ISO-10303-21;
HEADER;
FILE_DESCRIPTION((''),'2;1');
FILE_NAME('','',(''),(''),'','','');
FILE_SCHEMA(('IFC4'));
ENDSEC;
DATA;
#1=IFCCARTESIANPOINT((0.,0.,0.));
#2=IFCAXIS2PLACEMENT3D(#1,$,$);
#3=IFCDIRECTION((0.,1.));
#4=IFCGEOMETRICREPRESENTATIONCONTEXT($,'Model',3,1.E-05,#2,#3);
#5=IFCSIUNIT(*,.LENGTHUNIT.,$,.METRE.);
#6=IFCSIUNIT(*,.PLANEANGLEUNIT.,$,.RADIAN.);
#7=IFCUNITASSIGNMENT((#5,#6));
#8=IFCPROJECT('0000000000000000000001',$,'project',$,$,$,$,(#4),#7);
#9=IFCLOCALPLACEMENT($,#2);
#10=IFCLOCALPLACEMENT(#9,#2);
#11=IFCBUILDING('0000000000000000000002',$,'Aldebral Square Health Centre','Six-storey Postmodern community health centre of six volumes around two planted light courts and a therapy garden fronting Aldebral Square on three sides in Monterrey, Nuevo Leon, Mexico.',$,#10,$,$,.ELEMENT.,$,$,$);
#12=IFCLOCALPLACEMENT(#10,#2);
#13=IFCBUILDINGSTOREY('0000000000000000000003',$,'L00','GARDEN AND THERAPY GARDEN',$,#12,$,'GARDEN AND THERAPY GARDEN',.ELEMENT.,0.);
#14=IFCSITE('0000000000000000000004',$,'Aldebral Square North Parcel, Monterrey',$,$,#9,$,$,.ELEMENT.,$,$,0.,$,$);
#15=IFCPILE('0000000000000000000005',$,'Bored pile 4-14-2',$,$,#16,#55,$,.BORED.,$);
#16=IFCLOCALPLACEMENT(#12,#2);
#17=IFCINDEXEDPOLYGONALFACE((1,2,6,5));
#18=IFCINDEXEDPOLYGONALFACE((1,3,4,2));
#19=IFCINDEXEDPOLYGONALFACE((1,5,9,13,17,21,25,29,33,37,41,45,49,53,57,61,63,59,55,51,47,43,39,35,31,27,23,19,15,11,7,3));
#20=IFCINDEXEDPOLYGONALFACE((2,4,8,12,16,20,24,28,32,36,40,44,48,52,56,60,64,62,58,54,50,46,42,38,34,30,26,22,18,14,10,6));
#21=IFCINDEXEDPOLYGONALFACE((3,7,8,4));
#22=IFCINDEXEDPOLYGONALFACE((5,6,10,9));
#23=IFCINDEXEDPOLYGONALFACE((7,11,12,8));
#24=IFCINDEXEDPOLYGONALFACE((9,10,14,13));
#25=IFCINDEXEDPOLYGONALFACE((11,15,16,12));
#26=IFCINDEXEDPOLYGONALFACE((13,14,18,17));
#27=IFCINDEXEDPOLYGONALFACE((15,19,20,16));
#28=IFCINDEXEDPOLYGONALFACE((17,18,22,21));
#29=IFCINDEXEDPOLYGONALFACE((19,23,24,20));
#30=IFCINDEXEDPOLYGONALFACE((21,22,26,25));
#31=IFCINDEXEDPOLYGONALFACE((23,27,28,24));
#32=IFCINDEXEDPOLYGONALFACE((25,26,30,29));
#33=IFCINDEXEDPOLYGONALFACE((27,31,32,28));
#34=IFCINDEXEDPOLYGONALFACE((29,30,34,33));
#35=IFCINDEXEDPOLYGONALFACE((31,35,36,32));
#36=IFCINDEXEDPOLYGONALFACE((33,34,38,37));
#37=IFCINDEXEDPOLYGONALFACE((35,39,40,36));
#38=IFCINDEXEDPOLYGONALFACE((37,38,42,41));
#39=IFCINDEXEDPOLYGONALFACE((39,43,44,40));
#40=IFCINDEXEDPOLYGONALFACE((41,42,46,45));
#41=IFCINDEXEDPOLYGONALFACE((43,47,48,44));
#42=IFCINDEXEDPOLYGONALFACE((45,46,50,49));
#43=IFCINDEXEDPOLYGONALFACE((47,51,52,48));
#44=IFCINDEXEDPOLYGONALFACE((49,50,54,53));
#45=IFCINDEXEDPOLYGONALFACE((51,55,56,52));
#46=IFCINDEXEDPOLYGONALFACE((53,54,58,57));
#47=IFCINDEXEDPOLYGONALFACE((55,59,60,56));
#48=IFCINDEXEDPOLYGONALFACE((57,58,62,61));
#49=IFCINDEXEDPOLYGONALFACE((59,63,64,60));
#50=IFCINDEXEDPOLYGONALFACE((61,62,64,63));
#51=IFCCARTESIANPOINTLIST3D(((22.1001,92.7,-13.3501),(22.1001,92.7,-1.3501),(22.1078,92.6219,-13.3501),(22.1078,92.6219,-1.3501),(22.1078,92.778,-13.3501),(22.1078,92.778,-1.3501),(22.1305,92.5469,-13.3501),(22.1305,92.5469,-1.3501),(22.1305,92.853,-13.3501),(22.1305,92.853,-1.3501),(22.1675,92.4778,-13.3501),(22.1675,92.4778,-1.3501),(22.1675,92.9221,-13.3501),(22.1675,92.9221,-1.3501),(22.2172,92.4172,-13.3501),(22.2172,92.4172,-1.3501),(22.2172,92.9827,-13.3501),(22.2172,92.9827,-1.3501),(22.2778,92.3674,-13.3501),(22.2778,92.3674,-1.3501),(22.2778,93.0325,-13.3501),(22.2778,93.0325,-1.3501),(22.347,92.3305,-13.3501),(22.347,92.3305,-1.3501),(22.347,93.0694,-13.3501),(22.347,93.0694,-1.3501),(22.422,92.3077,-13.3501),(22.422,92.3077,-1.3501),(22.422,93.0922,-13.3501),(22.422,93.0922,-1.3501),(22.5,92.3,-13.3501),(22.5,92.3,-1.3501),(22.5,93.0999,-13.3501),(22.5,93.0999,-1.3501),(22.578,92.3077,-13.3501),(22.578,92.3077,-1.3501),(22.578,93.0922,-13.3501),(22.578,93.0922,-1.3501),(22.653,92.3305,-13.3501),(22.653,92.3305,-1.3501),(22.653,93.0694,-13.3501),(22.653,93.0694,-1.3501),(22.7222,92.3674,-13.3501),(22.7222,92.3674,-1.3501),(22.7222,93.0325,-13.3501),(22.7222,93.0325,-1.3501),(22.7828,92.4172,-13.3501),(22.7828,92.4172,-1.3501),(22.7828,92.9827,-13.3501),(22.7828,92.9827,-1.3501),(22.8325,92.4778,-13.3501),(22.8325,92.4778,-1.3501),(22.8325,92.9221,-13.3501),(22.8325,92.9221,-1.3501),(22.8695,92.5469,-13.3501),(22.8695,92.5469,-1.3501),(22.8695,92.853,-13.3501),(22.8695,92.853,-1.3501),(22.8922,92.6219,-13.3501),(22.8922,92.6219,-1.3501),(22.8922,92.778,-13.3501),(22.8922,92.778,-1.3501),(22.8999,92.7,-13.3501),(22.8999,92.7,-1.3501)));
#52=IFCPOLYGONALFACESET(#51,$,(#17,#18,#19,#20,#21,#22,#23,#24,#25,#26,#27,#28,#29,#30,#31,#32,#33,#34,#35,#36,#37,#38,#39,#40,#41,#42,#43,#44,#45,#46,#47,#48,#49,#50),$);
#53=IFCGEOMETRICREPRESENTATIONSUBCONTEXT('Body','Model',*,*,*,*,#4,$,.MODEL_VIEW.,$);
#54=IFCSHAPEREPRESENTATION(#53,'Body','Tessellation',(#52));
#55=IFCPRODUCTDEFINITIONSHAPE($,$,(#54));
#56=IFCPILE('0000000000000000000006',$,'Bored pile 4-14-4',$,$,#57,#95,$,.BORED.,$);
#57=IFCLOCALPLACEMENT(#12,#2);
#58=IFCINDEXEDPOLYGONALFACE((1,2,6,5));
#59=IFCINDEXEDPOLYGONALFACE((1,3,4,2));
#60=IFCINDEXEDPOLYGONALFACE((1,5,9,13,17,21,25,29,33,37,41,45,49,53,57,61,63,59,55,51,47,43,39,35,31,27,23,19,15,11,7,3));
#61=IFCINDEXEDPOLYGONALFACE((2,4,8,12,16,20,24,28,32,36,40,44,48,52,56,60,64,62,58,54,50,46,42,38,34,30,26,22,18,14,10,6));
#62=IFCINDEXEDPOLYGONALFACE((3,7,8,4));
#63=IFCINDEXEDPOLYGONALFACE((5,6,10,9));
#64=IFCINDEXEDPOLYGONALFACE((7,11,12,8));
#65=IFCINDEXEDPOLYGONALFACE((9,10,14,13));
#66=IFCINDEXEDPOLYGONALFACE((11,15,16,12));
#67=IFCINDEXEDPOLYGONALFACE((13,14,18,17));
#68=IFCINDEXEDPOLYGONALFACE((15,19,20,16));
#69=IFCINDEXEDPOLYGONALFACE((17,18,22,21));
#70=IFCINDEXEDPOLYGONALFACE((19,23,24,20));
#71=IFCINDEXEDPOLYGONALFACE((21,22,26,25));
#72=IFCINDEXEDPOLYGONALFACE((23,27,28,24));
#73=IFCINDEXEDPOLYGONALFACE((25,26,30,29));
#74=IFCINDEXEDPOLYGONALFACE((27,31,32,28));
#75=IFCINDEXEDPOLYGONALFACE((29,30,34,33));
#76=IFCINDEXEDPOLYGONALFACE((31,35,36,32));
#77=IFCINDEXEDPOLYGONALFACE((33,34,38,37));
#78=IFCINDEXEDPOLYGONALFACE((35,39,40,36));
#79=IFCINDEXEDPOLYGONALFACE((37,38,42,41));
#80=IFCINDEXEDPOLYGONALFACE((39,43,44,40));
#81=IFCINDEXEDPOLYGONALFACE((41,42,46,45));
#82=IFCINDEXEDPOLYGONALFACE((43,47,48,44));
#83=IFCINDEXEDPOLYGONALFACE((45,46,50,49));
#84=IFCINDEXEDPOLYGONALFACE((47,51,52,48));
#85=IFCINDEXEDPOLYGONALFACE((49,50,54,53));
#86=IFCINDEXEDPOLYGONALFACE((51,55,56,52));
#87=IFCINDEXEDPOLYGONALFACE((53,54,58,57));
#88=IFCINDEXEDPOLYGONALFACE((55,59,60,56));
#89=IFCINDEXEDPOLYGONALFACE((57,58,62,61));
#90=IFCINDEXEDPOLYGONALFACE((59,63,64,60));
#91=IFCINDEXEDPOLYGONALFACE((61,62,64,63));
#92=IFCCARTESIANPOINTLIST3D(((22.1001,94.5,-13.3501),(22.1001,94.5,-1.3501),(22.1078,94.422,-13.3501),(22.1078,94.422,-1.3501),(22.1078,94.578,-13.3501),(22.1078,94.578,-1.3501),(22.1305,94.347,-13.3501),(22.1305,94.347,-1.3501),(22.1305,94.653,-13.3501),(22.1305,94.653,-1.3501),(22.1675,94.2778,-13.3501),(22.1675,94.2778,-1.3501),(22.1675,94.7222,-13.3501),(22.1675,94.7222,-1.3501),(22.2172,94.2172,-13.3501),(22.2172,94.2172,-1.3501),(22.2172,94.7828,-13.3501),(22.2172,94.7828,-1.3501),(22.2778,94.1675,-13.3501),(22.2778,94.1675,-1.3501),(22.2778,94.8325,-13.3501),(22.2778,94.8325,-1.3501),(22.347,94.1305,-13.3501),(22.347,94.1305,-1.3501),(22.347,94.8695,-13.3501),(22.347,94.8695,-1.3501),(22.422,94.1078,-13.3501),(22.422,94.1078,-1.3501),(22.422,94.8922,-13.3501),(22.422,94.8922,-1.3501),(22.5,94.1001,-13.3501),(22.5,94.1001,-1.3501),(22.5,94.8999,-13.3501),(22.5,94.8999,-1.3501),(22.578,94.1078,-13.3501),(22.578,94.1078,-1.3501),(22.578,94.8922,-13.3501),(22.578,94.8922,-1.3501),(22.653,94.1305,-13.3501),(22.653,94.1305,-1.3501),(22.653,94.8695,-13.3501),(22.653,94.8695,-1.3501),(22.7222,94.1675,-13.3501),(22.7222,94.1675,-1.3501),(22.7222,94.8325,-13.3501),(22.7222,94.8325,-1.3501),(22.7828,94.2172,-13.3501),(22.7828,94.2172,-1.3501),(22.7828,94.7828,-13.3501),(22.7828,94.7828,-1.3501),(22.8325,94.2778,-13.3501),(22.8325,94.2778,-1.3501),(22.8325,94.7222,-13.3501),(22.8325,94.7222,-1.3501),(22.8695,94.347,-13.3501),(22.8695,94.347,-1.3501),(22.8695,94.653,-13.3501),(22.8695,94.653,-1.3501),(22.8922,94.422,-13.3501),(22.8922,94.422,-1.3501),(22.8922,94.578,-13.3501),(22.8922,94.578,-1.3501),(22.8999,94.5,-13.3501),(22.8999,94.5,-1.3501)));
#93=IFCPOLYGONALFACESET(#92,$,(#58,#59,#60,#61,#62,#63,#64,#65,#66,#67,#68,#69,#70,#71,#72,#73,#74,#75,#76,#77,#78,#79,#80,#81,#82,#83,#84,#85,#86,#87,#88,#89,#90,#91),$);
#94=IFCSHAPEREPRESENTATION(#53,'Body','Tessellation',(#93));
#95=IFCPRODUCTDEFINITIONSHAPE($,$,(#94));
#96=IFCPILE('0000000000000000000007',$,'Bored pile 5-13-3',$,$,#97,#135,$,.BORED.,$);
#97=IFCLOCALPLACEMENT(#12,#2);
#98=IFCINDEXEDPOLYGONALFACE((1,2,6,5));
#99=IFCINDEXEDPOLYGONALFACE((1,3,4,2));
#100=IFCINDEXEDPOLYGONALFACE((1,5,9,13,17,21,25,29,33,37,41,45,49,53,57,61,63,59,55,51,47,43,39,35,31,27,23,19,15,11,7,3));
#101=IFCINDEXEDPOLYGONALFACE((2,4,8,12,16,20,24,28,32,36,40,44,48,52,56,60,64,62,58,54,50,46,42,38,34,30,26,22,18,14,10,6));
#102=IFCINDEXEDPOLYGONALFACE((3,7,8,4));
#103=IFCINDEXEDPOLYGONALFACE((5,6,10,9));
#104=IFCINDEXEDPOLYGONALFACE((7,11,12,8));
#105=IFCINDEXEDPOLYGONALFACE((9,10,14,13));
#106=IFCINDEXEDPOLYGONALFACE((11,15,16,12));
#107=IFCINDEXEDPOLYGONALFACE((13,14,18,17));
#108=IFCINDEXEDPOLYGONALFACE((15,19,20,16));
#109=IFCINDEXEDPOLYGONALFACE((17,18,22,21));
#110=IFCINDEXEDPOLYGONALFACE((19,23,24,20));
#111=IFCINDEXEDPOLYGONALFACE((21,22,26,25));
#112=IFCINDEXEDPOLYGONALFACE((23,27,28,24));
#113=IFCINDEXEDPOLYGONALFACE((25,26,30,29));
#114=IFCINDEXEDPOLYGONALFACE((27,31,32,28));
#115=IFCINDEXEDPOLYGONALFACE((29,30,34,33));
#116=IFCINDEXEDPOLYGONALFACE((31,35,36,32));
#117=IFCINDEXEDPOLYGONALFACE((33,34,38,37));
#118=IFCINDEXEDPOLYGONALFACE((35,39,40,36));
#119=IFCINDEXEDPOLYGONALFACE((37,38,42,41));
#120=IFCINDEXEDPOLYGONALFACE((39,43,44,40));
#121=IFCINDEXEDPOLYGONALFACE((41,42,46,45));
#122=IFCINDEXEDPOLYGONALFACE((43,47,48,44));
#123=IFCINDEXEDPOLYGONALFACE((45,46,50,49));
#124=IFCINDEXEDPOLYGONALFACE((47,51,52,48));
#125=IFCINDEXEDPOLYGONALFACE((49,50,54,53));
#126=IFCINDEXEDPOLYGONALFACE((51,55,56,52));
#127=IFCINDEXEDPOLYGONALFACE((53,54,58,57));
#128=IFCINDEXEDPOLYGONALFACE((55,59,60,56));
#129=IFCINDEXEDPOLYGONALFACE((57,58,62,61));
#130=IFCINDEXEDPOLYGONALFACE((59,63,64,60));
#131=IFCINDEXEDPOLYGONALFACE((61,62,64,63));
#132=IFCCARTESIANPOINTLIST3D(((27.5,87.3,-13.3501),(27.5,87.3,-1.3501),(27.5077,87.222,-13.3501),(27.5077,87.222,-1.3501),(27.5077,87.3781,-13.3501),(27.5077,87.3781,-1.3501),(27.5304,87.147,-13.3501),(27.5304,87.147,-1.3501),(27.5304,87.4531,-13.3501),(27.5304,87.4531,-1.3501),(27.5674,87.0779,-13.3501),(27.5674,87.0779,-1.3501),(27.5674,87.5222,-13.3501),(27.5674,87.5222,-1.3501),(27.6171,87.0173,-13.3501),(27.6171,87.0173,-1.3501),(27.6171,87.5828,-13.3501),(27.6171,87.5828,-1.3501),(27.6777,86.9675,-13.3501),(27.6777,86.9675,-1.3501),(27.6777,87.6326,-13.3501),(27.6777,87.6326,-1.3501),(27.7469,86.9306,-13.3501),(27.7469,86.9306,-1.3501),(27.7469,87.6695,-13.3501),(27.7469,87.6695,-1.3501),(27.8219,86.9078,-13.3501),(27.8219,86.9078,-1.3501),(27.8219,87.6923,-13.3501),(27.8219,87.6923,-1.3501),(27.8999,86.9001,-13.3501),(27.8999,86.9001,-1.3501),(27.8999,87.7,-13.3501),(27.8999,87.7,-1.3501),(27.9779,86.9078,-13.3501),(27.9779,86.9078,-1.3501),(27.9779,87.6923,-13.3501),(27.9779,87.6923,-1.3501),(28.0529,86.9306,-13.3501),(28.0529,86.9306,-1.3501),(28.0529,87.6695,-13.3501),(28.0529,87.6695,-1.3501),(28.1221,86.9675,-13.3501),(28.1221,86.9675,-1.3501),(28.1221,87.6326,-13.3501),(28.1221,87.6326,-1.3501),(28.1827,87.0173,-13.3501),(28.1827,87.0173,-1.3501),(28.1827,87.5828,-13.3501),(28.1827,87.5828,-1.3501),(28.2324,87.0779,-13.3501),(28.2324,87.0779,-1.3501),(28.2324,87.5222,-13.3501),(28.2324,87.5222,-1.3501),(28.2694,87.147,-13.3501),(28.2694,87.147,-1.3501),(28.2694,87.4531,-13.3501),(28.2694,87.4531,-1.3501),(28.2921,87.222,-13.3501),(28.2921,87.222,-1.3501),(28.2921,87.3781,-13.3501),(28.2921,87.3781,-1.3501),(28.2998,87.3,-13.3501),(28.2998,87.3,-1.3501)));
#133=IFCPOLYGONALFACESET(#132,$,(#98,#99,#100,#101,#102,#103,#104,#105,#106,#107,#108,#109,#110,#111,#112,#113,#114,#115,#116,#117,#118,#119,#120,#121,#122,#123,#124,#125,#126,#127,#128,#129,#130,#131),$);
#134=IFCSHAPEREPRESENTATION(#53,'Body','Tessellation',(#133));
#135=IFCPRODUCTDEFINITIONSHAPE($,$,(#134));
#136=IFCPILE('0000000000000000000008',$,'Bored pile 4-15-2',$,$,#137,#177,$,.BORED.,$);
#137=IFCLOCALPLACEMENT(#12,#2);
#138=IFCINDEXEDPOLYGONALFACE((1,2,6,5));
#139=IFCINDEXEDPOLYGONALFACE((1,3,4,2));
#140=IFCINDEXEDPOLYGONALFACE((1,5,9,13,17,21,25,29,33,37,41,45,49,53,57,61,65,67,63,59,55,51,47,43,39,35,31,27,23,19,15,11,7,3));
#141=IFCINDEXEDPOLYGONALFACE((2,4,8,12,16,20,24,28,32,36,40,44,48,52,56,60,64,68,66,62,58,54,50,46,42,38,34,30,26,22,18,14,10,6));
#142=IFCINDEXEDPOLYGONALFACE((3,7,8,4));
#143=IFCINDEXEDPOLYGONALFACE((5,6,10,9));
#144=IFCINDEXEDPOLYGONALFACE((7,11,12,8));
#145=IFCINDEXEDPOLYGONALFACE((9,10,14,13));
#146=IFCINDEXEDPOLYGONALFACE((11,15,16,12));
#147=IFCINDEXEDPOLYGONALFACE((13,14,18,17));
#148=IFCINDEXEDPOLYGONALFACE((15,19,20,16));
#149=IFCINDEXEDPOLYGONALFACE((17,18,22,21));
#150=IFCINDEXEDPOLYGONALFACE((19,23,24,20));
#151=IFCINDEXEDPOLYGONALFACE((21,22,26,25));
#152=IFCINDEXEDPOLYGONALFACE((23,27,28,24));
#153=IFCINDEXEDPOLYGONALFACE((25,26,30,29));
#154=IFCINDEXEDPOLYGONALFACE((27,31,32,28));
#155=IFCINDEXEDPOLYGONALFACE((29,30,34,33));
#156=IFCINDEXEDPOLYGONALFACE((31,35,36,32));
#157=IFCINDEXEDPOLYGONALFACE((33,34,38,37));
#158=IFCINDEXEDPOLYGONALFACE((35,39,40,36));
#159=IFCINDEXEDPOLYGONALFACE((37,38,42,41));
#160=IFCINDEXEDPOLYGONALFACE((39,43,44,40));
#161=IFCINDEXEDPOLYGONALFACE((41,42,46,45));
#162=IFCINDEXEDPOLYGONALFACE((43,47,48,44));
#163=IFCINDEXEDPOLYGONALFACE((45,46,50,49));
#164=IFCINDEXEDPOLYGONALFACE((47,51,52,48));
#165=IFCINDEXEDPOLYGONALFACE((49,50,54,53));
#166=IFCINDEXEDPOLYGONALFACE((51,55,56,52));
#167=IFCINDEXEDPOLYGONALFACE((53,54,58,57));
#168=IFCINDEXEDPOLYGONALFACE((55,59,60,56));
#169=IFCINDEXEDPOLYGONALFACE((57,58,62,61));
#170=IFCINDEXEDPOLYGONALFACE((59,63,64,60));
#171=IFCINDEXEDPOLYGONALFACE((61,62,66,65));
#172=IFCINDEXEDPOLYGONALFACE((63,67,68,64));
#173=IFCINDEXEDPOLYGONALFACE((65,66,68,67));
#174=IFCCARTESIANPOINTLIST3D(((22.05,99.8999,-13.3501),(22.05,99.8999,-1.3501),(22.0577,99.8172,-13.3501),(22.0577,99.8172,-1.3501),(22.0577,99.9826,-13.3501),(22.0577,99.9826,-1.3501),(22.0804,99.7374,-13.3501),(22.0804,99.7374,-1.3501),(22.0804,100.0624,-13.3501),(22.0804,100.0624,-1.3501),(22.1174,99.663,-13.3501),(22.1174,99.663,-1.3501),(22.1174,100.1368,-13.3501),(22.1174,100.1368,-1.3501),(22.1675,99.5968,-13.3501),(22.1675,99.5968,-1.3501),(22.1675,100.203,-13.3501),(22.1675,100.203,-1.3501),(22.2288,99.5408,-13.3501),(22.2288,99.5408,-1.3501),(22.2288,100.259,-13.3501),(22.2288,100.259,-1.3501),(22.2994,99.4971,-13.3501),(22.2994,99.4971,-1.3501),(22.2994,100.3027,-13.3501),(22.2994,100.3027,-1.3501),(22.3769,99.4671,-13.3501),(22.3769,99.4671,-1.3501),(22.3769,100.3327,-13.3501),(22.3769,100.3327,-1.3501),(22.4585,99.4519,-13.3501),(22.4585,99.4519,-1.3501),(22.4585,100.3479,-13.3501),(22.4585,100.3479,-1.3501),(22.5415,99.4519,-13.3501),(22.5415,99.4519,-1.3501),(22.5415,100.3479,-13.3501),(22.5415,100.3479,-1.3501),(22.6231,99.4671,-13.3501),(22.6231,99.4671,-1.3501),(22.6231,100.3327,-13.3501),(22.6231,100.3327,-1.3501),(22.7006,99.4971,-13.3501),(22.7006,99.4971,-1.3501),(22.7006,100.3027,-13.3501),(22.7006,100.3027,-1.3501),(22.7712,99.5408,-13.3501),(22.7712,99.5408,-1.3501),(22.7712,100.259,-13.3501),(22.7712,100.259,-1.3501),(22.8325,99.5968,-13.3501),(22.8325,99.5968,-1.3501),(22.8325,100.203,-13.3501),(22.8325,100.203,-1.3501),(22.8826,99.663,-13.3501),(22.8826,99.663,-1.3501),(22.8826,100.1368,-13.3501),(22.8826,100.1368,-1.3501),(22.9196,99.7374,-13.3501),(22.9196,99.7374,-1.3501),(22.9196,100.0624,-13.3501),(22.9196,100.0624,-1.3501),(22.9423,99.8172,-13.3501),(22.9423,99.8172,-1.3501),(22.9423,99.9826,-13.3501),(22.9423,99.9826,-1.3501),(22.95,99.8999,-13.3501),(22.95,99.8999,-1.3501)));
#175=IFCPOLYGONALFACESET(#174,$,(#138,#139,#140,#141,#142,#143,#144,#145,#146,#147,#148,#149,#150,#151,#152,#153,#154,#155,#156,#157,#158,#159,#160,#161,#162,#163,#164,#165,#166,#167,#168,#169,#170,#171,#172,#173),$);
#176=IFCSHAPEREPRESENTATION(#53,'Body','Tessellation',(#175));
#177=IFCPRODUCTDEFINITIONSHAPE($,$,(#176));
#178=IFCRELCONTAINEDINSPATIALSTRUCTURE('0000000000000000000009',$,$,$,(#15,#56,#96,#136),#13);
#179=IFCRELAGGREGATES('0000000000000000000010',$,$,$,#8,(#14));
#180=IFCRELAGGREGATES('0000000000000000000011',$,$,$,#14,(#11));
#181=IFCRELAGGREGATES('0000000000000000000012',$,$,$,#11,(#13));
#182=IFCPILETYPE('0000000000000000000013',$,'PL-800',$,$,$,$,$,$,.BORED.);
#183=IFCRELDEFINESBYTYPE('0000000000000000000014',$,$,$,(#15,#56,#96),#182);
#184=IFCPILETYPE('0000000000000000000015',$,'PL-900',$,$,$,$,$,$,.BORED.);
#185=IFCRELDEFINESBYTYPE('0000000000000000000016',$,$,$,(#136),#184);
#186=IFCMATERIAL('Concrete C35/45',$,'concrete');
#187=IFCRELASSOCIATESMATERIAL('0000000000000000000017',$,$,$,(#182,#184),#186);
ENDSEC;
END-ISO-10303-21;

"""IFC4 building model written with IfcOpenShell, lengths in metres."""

from ifc_helpers import new_model, si_unit, direction, frame, origin, origin_2d, place, context, subcontext, project, spatial, circle, extrude, material, material_profile, profile_set, type_object, element, save


model = new_model("IFC4")

# Units and contexts
model_context = context("Model", 3, precision=1e-05, world=origin(), true_north=direction((0.0, 1.0)))
body_context = subcontext(model_context, "Body", "Model", "MODEL_VIEW")
ifc_project = project(units=[si_unit("LENGTHUNIT", "METRE"), si_unit("PLANEANGLEUNIT", "RADIAN")], contexts=[model_context])

# Site, building, storey
site_placement = place(None, origin())
site = spatial("IfcSite", under=ifc_project, at=site_placement, Name="Aldebral Square North Parcel, Monterrey", CompositionType="ELEMENT", RefElevation=0.0)
building_placement = place(site_placement, origin())
building = spatial("IfcBuilding", under=site, at=building_placement, Name="Aldebral Square Health Centre", Description="Six-storey Postmodern community health centre of six volumes around two planted light courts and a therapy garden fronting Aldebral Square on three sides in Monterrey, Nuevo Leon, Mexico.", CompositionType="ELEMENT")
storey_placement = place(building_placement, origin())
storey = spatial("IfcBuildingStorey", under=building, at=storey_placement, Name="L00", Description="GARDEN AND THERAPY GARDEN", LongName="GARDEN AND THERAPY GARDEN", CompositionType="ELEMENT", Elevation=0.0)

# Shared definitions
ifc_material_1 = material(Name="Concrete C35/45", Category="concrete")

# Piles
ifc_material_profile_1 = material_profile(ifc_material_1, circle(Radius=0.3999, at=origin_2d()), Name="PILE D800")
ifc_profile_set_1 = profile_set([ifc_material_profile_1], Name="Concrete C35/45")
pile_type_1 = type_object("IfcPileType", Name="PL-800", PredefinedType="BORED", material=ifc_profile_set_1)
for number, where, z_axis, x_axis, name in (
    (1, (22.5, 92.7, -1.3501), (0.0, 0.0, -1.0), (1.0, 0.0, 0.0), "Bored pile 4-14-2"),
    (2, (22.5, 94.5, -1.3501), (0.0, 0.0, -1.0), (1.0, 0.0, 0.0), "Bored pile 4-14-4"),
    (3, (27.8999, 87.3, -1.3501), (0.0, 0.0, -1.0), (1.0, 0.0, 0.0), "Bored pile 5-13-3"),
):
    element("IfcPile", number, at=place(storey_placement, frame(where, z_axis=z_axis, x_axis=x_axis)), inside=storey, type_object=pile_type_1, Name=name, PredefinedType="BORED", context=body_context, shape_type="SweptSolid", body=[
        extrude(circle(Radius=0.3999, at=origin_2d()), origin(), (0.0, 0.0, 1.0), 12.0),
    ])
ifc_material_profile_2 = material_profile(ifc_material_1, circle(Radius=0.45, at=origin_2d()), Name="PILE D900")
ifc_profile_set_2 = profile_set([ifc_material_profile_2], Name="Concrete C35/45")
pile_type_2 = type_object("IfcPileType", Name="PL-900", PredefinedType="BORED", material=ifc_profile_set_2)
for number, where, z_axis, x_axis, name in (
    (4, (22.5, 99.8999, -1.3501), (0.0, 0.0, -1.0), (1.0, 0.0, 0.0), "Bored pile 4-15-2"),
):
    element("IfcPile", number, at=place(storey_placement, frame(where, z_axis=z_axis, x_axis=x_axis)), inside=storey, type_object=pile_type_2, Name=name, PredefinedType="BORED", context=body_context, shape_type="SweptSolid", body=[
        extrude(circle(Radius=0.45, at=origin_2d()), origin(), (0.0, 0.0, 1.0), 12.0),
    ])

save(model, "model.ifc")
